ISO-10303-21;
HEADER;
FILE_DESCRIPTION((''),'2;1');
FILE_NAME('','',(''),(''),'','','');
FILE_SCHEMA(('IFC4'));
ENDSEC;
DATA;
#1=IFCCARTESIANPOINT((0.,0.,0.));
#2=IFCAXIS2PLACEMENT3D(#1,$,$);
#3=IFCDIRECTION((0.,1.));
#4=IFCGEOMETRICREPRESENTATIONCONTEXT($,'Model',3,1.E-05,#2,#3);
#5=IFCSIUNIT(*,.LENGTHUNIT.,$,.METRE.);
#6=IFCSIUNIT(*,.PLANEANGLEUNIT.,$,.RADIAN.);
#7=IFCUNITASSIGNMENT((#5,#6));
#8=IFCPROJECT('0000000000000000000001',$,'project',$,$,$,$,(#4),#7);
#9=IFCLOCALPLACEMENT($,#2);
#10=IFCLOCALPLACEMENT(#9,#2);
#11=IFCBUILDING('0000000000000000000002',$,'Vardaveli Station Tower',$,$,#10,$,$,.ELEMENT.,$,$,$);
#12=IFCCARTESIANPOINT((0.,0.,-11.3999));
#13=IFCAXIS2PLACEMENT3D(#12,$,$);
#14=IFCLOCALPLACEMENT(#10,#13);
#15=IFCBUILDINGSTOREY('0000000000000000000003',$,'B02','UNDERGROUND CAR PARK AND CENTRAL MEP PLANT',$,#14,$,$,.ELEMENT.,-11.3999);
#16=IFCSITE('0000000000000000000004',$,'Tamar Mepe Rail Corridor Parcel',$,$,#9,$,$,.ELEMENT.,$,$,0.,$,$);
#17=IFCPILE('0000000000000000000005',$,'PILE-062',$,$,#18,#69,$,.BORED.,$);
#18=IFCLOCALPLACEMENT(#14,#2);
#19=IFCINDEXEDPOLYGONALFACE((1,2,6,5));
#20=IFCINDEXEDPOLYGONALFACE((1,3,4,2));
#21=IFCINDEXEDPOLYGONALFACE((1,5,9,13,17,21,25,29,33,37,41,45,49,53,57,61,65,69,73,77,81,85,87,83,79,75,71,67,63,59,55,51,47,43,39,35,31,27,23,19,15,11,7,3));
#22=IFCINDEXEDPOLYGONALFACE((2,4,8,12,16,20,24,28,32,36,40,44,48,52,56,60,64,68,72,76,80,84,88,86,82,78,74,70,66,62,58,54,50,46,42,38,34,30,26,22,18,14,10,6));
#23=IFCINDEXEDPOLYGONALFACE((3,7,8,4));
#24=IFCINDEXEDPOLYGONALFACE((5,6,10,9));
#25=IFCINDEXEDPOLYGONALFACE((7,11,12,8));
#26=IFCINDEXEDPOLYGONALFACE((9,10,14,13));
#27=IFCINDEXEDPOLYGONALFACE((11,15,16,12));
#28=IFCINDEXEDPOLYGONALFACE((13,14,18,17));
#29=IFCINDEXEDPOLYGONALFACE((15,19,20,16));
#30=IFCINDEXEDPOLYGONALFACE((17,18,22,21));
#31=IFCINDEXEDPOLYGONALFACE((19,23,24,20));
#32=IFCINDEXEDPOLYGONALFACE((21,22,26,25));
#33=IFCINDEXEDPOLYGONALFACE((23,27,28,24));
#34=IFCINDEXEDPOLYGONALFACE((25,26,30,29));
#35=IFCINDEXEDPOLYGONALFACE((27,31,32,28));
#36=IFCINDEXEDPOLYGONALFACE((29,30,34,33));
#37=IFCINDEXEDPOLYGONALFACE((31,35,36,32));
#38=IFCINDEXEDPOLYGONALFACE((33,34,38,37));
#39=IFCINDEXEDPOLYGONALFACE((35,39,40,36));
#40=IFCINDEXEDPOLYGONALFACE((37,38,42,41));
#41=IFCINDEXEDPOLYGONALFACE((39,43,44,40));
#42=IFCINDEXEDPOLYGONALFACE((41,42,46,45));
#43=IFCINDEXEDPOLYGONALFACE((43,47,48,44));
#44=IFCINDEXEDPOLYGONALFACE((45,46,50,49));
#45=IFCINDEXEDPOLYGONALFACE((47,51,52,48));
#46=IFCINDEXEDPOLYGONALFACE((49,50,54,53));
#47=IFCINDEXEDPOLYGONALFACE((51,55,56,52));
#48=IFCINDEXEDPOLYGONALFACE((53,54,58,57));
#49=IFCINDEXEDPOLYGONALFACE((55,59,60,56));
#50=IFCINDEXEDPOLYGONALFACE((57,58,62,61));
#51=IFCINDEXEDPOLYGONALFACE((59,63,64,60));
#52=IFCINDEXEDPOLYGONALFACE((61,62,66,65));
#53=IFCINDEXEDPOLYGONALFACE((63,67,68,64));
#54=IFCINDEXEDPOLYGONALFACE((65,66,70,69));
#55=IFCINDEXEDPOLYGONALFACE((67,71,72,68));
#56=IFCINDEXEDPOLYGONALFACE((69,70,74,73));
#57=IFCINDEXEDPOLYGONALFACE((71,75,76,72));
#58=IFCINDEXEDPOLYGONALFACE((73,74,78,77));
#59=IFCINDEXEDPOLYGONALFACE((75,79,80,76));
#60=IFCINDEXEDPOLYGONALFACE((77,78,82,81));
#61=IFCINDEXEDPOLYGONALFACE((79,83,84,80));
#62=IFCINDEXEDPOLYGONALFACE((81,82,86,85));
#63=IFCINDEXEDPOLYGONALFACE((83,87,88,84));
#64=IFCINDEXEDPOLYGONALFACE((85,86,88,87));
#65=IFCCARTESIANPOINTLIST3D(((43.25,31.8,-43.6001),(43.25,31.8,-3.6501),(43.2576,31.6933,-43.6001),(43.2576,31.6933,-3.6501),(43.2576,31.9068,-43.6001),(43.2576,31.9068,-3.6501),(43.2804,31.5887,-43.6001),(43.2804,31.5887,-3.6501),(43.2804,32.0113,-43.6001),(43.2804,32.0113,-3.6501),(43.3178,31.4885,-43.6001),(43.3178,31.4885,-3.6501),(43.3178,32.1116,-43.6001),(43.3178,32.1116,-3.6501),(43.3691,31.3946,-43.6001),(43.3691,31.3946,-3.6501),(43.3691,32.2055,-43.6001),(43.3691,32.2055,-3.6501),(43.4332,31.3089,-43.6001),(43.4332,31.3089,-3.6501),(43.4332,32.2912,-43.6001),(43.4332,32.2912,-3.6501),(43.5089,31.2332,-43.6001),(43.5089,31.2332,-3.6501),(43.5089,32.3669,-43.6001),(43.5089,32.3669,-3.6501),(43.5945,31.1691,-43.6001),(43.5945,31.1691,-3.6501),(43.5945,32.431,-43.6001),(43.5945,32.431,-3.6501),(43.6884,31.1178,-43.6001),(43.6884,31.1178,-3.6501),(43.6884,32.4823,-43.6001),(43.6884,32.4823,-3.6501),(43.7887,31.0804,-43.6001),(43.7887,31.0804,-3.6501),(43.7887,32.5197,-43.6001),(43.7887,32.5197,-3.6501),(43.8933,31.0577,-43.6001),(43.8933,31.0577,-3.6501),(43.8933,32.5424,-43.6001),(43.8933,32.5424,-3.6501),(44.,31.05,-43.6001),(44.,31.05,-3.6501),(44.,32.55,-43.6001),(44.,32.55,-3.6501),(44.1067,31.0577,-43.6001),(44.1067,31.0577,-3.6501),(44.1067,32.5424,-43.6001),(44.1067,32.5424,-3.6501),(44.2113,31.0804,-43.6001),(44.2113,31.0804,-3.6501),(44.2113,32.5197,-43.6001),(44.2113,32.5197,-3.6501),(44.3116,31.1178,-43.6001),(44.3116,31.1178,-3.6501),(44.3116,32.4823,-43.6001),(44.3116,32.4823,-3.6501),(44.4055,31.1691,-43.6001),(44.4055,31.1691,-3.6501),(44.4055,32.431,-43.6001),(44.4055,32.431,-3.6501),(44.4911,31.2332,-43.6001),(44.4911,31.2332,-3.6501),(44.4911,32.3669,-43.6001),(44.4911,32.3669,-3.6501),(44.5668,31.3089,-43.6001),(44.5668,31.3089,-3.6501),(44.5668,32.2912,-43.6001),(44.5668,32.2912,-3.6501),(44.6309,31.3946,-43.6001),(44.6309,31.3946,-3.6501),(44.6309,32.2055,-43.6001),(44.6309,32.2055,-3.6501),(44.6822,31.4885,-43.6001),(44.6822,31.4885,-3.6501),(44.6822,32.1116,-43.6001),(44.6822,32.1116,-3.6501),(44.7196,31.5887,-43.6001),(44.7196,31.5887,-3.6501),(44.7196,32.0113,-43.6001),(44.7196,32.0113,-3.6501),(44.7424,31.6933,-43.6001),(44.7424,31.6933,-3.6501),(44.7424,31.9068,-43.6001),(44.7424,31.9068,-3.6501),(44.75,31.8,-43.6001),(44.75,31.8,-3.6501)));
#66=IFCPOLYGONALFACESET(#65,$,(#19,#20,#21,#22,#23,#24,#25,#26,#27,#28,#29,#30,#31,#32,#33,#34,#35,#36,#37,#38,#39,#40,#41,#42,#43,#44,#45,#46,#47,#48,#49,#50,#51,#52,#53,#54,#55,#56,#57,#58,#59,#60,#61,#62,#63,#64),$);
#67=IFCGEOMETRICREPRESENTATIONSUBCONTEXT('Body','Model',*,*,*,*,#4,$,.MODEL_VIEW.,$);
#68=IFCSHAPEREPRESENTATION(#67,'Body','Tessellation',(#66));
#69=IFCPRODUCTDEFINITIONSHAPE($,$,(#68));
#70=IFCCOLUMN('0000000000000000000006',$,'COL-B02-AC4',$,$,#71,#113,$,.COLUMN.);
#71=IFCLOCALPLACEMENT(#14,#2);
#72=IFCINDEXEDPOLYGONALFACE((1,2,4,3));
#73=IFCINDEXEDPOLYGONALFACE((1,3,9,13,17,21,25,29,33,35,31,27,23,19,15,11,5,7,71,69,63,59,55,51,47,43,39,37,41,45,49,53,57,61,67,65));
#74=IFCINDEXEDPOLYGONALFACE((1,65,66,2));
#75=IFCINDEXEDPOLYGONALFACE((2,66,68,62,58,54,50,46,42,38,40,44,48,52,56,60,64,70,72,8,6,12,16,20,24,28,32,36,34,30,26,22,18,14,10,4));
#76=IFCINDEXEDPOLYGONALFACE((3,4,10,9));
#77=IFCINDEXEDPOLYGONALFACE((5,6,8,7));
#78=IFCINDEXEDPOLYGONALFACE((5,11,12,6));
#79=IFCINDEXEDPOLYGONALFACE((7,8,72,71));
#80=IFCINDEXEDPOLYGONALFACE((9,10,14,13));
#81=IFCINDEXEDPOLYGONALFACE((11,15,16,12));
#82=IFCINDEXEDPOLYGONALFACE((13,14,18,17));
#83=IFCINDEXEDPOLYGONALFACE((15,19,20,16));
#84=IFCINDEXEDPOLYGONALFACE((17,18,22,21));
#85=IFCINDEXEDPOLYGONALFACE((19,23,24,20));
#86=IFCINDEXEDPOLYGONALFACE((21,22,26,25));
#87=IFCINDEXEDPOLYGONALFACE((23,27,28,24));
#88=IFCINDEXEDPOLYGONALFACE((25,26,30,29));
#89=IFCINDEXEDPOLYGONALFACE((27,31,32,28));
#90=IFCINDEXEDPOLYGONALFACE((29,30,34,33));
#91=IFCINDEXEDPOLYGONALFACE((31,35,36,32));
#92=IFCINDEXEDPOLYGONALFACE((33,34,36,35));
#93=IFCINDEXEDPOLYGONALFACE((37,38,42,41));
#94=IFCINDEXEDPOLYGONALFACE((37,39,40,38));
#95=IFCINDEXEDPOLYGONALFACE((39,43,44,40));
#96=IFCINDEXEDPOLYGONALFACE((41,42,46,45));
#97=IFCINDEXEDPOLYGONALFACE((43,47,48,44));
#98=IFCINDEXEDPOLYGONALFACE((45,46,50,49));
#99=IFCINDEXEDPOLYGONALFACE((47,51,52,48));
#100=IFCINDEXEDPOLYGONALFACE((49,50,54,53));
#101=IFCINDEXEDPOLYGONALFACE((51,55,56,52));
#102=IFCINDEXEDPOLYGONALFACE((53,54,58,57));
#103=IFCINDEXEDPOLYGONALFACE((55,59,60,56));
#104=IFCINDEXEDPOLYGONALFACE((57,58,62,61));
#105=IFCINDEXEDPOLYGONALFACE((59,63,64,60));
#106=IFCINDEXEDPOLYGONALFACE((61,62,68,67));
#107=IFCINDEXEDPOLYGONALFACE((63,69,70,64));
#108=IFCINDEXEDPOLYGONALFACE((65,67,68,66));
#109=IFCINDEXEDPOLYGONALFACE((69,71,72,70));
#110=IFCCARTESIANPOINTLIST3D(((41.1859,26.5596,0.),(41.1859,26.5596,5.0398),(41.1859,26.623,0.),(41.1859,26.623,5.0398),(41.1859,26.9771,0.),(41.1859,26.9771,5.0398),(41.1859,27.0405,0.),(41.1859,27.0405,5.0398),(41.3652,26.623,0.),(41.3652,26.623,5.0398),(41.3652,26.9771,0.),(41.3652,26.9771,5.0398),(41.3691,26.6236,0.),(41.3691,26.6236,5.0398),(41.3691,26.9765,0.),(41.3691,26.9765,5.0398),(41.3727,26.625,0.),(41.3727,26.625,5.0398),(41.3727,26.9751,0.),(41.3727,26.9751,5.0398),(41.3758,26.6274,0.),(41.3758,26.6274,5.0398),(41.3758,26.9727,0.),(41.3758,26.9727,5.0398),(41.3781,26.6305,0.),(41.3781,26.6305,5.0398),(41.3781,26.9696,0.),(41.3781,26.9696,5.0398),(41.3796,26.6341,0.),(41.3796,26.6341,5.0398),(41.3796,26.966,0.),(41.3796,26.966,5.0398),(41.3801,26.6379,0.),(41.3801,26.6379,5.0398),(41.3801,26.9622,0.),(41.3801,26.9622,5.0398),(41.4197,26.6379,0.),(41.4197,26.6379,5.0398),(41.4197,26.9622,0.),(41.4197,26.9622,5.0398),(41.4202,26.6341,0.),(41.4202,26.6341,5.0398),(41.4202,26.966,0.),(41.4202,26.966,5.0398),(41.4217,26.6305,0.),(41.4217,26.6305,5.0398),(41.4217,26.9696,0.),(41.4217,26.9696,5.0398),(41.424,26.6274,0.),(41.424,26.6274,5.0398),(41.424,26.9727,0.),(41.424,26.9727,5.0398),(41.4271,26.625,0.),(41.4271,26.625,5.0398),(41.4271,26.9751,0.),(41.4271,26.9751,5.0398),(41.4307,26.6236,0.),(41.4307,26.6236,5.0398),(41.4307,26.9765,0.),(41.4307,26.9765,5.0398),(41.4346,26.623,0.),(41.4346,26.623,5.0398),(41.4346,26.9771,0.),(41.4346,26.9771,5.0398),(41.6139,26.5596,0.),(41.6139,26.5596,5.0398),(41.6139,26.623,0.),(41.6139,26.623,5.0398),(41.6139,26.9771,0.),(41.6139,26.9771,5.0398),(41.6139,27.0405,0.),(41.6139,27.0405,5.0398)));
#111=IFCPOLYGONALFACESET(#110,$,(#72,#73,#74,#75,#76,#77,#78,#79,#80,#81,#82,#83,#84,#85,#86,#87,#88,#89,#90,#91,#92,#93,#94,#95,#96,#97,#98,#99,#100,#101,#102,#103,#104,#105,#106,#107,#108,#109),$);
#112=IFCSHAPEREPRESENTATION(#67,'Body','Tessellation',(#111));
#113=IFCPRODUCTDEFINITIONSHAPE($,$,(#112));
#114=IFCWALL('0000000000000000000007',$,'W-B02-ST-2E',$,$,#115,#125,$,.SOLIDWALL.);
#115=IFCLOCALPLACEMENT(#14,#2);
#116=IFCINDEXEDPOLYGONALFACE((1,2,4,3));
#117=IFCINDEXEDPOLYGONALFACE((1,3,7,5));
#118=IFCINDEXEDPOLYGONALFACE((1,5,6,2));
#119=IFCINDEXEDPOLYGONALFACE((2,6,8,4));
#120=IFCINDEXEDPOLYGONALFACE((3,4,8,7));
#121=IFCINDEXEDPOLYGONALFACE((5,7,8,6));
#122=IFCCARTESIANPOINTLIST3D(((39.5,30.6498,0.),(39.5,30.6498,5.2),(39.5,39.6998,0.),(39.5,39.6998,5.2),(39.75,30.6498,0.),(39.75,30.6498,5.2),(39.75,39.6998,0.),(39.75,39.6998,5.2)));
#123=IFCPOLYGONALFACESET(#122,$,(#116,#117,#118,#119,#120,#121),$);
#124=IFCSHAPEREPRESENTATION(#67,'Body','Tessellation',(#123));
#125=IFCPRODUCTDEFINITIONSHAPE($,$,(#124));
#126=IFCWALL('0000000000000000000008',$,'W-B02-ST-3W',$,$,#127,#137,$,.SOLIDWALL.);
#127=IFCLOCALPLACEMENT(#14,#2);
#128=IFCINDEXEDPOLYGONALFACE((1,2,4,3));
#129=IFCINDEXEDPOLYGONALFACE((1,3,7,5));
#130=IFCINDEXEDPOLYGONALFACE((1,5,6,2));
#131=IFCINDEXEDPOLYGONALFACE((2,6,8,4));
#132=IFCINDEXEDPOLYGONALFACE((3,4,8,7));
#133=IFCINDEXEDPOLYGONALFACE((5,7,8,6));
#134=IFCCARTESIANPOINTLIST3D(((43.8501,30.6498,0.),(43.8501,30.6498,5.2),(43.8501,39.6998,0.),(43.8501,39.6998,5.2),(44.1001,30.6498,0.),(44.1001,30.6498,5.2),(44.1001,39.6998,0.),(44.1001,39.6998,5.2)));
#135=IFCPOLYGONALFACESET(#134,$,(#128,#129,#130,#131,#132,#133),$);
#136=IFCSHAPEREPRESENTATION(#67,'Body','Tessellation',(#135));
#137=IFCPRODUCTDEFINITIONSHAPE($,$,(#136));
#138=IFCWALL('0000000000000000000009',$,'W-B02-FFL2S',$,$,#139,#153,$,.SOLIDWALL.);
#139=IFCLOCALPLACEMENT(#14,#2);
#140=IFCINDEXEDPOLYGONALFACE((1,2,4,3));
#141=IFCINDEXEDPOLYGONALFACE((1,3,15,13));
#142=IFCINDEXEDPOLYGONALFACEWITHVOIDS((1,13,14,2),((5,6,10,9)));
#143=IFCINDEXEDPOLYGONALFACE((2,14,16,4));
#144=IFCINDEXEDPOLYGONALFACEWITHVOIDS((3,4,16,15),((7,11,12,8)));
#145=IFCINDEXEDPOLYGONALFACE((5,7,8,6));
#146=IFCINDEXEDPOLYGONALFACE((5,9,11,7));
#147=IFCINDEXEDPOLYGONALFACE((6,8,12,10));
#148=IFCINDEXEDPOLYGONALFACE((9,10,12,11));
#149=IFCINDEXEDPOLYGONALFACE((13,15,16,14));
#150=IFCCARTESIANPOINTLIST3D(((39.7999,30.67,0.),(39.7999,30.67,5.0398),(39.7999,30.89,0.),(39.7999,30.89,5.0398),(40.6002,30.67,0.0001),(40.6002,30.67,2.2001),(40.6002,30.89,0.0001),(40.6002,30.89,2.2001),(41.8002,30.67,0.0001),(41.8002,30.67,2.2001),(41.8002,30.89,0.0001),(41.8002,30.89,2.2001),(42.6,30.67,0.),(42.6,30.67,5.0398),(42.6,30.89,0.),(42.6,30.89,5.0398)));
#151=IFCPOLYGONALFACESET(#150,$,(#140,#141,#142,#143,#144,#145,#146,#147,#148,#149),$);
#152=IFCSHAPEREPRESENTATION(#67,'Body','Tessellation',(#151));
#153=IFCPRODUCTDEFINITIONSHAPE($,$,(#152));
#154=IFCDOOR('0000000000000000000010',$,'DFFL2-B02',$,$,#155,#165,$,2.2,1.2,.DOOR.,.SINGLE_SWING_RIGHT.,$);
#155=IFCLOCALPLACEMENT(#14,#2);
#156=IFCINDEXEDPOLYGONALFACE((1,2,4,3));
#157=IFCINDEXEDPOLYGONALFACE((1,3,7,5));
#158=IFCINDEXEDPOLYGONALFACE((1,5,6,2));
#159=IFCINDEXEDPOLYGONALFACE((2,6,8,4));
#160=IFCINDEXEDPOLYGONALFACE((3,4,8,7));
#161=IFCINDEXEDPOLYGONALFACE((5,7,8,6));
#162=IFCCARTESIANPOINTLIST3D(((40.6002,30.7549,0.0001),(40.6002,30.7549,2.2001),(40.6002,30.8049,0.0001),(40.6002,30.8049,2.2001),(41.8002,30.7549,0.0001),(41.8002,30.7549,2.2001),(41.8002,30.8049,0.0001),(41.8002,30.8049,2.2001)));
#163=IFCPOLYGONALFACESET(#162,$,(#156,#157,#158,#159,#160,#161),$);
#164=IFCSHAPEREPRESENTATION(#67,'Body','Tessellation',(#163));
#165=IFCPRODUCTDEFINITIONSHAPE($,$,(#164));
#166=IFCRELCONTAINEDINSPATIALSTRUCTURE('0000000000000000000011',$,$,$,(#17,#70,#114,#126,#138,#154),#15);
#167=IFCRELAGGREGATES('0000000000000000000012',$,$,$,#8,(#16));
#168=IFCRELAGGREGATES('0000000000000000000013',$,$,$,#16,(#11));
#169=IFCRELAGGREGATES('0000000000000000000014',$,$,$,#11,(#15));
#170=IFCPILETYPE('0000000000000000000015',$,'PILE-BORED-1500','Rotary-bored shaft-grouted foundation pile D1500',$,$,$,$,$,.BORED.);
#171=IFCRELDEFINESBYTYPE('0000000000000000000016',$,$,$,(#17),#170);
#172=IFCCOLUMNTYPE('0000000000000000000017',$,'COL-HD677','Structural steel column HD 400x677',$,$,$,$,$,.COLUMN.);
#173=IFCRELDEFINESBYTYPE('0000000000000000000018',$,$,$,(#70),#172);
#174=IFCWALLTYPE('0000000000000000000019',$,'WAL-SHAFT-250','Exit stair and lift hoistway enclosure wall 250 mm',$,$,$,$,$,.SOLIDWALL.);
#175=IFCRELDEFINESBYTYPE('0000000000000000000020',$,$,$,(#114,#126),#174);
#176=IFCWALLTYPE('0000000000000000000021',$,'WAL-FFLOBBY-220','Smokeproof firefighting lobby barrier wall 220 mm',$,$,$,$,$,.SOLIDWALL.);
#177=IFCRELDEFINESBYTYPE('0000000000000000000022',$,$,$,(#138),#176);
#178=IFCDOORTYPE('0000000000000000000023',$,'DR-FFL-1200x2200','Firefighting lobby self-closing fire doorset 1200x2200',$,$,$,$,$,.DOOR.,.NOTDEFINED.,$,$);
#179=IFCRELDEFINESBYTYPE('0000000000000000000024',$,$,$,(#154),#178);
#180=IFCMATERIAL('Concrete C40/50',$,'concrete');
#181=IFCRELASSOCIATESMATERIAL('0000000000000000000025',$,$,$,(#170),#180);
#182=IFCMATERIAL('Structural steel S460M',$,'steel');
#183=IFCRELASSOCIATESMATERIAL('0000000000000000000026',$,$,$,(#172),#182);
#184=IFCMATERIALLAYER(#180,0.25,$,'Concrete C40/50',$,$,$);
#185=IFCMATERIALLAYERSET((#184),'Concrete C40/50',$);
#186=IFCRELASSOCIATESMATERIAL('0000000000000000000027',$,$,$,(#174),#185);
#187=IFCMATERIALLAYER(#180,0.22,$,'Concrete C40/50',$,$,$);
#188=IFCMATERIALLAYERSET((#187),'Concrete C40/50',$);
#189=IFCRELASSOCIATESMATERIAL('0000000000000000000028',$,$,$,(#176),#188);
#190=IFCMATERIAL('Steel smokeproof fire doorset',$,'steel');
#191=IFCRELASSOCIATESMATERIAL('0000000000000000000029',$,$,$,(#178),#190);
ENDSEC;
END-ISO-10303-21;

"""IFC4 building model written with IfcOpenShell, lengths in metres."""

from ifc_helpers import new_model, si_unit, direction, frame, frame_2d, origin, origin_2d, place, context, subcontext, project, spatial, rectangle, circle, i_section, extrude, source, transform, mapped, material, layer, layer_set, material_profile, profile_set, type_object, element, fill, save


model = new_model("IFC4")

# Units and contexts
model_context = context("Model", 3, precision=1e-05, world=origin(), true_north=direction((0.0, 1.0)))
body_context = subcontext(model_context, "Body", "Model", "MODEL_VIEW")
ifc_project = project(units=[si_unit("LENGTHUNIT", "METRE"), si_unit("PLANEANGLEUNIT", "RADIAN")], contexts=[model_context])

# Site, building, storey
site_placement = place(None, origin())
site = spatial("IfcSite", under=ifc_project, at=site_placement, Name="Tamar Mepe Rail Corridor Parcel", CompositionType="ELEMENT", RefElevation=0.0)
building_placement = place(site_placement, origin())
building = spatial("IfcBuilding", under=site, at=building_placement, Name="Vardaveli Station Tower", CompositionType="ELEMENT")
storey_placement = place(building_placement, frame((0.0, 0.0, -11.3999)))
storey = spatial("IfcBuildingStorey", under=building, at=storey_placement, Name="B02", Description="UNDERGROUND CAR PARK AND CENTRAL MEP PLANT", CompositionType="ELEMENT", Elevation=-11.3999)

# Pile
ifc_material_1 = material(Name="Concrete C40/50", Category="concrete")
ifc_material_profile_1 = material_profile(ifc_material_1, circle(Radius=0.75, at=origin_2d()), Name="PILE D1500")
ifc_profile_set_1 = profile_set([ifc_material_profile_1], Name="Concrete C40/50")
pile_type = type_object("IfcPileType", Name="PILE-BORED-1500", Description="Rotary-bored shaft-grouted foundation pile D1500", PredefinedType="BORED", material=ifc_profile_set_1)
shared_shape_1 = source(origin(), body_context, "Body", "SweptSolid", [
    extrude(circle(Radius=0.75, at=origin_2d()), origin(), (0.0, 0.0, 1.0), 39.95),
])
for number, where, z_axis, x_axis, name in (
    (1, (44.0, 31.8, -3.6501), (0.0, 0.0, -1.0), (1.0, 0.0, 0.0), "PILE-062"),
):
    element("IfcPile", number, at=place(storey_placement, frame(where, z_axis=z_axis, x_axis=x_axis)), inside=storey, type_object=pile_type, Name=name, PredefinedType="BORED", context=body_context, shape_type="MappedRepresentation", body=[
        mapped(shared_shape_1, transform((0.0, 0.0, 0.0), scale=1.0)),
    ])

# Column
ifc_material_2 = material(Name="Structural steel S460M", Category="steel")
ifc_material_profile_2 = material_profile(ifc_material_2, i_section(OverallWidth=0.428, OverallDepth=0.481, WebThickness=0.0396, FlangeThickness=0.0635, FilletRadius=0.0149, at=origin_2d()), Name="HD 400x677")
ifc_profile_set_2 = profile_set([ifc_material_profile_2], Name="Structural steel S460M")
column_type = type_object("IfcColumnType", Name="COL-HD677", Description="Structural steel column HD 400x677", PredefinedType="COLUMN", material=ifc_profile_set_2)
shared_shape_2 = source(origin(), body_context, "Body", "SweptSolid", [
    extrude(i_section(OverallWidth=0.428, OverallDepth=0.481, WebThickness=0.0396, FlangeThickness=0.0635, FilletRadius=0.0149, at=origin_2d()), origin(), (0.0, 0.0, 1.0), 5.0398),
])
column_placement = place(storey_placement, frame((41.3999, 26.8, 0.0), z_axis=(0.0, 0.0, 1.0), x_axis=(1.0, 0.0, 0.0)))
element("IfcColumn", 2, at=column_placement, inside=storey, type_object=column_type, Name="COL-B02-AC4", PredefinedType="COLUMN", context=body_context, shape_type="MappedRepresentation", body=[
    mapped(shared_shape_2, transform((0.0, 0.0, 0.0), scale=1.0)),
])

# Walls
ifc_layer_1 = layer(ifc_material_1, 0.25, Name="Concrete C40/50")
ifc_layer_set_1 = layer_set([ifc_layer_1], Name="Concrete C40/50")
wall_type_1 = type_object("IfcWallType", Name="WAL-SHAFT-250", Description="Exit stair and lift hoistway enclosure wall 250 mm", PredefinedType="SOLIDWALL", material=ifc_layer_set_1)
shared_shape_3 = source(origin(), body_context, "Body", "SweptSolid", [
    extrude(rectangle(XDim=9.05, YDim=0.25, at=frame_2d((4.5249, 0.0))), origin(), (0.0, 0.0, 1.0), 5.2),
])
for number, where, z_axis, x_axis, name in (
    (3, (39.625, 30.6499, 0.0), (0.0, 0.0, 1.0), (0.0, 1.0, 0.0), "W-B02-ST-2E"),
    (4, (43.9751, 30.6499, 0.0), (0.0, 0.0, 1.0), (0.0, 1.0, 0.0), "W-B02-ST-3W"),
):
    element("IfcWall", number, at=place(storey_placement, frame(where, z_axis=z_axis, x_axis=x_axis)), inside=storey, type_object=wall_type_1, Name=name, PredefinedType="SOLIDWALL", context=body_context, shape_type="MappedRepresentation", body=[
        mapped(shared_shape_3, transform((0.0, 0.0, 0.0), scale=1.0)),
    ])

# Wall, opening, door
ifc_layer_2 = layer(ifc_material_1, 0.22, Name="Concrete C40/50")
ifc_layer_set_2 = layer_set([ifc_layer_2], Name="Concrete C40/50")
wall_type_2 = type_object("IfcWallType", Name="WAL-FFLOBBY-220", Description="Smokeproof firefighting lobby barrier wall 220 mm", PredefinedType="SOLIDWALL", material=ifc_layer_set_2)
shared_shape_4 = source(origin(), body_context, "Body", "SweptSolid", [
    extrude(rectangle(XDim=2.8, YDim=0.22, at=frame_2d((1.3999, 0.0))), origin(), (0.0, 0.0, 1.0), 5.0398),
])
wall_1_placement = place(storey_placement, frame((39.8, 30.78, 0.0), z_axis=(0.0, 0.0, 1.0), x_axis=(1.0, 0.0, 0.0)))
wall_1 = element("IfcWall", 5, at=wall_1_placement, inside=storey, type_object=wall_type_2, Name="W-B02-FFL2S", PredefinedType="SOLIDWALL", context=body_context, shape_type="MappedRepresentation", body=[
    mapped(shared_shape_4, transform((0.0, 0.0, 0.0), scale=1.0)),
])
shared_shape_5 = source(origin(), body_context, "Body", "SweptSolid", [
    extrude(rectangle(XDim=1.2, YDim=2.2, at=frame_2d((0.6001, 1.1001))), frame((0.0, 0.1201, 0.0), z_axis=(0.0, -1.0, 0.0), x_axis=(1.0, 0.0, 0.0)), (0.0, 0.0, 1.0), 0.24),
])
opening_1_placement = place(wall_1_placement, frame((0.8, 0.0, 0.0)))
opening_1 = element("IfcOpeningElement", 6, at=opening_1_placement, cuts=wall_1, PredefinedType="OPENING", context=body_context, shape_type="MappedRepresentation", body=[
    mapped(shared_shape_5, transform((0.0, 0.0, 0.0), scale=1.0)),
])
ifc_material_3 = material(Name="Steel smokeproof fire doorset", Category="steel")
door_type_1 = type_object("IfcDoorType", Name="DR-FFL-1200x2200", Description="Firefighting lobby self-closing fire doorset 1200x2200", OperationType="NOTDEFINED", PredefinedType="DOOR", material=ifc_material_3)
shared_shape_6 = source(origin(), body_context, "Body", "SweptSolid", [
    extrude(rectangle(XDim=1.2, YDim=2.2, at=frame_2d((0.6001, 1.1001))), frame((0.0, 0.0249, 0.0), z_axis=(0.0, -1.0, 0.0), x_axis=(1.0, 0.0, 0.0)), (0.0, 0.0, 1.0), 0.05),
])
door_1_placement = place(opening_1_placement, origin())
door_1 = element("IfcDoor", 7, at=door_1_placement, inside=storey, type_object=door_type_1, Name="DFFL2-B02", OperationType="SINGLE_SWING_RIGHT", OverallHeight=2.2, OverallWidth=1.2, PredefinedType="DOOR", context=body_context, shape_type="MappedRepresentation", body=[
    mapped(shared_shape_6, transform((0.0, 0.0, 0.0), scale=1.0)),
])
fill(opening_1, door_1)

save(model, "model.ifc")
